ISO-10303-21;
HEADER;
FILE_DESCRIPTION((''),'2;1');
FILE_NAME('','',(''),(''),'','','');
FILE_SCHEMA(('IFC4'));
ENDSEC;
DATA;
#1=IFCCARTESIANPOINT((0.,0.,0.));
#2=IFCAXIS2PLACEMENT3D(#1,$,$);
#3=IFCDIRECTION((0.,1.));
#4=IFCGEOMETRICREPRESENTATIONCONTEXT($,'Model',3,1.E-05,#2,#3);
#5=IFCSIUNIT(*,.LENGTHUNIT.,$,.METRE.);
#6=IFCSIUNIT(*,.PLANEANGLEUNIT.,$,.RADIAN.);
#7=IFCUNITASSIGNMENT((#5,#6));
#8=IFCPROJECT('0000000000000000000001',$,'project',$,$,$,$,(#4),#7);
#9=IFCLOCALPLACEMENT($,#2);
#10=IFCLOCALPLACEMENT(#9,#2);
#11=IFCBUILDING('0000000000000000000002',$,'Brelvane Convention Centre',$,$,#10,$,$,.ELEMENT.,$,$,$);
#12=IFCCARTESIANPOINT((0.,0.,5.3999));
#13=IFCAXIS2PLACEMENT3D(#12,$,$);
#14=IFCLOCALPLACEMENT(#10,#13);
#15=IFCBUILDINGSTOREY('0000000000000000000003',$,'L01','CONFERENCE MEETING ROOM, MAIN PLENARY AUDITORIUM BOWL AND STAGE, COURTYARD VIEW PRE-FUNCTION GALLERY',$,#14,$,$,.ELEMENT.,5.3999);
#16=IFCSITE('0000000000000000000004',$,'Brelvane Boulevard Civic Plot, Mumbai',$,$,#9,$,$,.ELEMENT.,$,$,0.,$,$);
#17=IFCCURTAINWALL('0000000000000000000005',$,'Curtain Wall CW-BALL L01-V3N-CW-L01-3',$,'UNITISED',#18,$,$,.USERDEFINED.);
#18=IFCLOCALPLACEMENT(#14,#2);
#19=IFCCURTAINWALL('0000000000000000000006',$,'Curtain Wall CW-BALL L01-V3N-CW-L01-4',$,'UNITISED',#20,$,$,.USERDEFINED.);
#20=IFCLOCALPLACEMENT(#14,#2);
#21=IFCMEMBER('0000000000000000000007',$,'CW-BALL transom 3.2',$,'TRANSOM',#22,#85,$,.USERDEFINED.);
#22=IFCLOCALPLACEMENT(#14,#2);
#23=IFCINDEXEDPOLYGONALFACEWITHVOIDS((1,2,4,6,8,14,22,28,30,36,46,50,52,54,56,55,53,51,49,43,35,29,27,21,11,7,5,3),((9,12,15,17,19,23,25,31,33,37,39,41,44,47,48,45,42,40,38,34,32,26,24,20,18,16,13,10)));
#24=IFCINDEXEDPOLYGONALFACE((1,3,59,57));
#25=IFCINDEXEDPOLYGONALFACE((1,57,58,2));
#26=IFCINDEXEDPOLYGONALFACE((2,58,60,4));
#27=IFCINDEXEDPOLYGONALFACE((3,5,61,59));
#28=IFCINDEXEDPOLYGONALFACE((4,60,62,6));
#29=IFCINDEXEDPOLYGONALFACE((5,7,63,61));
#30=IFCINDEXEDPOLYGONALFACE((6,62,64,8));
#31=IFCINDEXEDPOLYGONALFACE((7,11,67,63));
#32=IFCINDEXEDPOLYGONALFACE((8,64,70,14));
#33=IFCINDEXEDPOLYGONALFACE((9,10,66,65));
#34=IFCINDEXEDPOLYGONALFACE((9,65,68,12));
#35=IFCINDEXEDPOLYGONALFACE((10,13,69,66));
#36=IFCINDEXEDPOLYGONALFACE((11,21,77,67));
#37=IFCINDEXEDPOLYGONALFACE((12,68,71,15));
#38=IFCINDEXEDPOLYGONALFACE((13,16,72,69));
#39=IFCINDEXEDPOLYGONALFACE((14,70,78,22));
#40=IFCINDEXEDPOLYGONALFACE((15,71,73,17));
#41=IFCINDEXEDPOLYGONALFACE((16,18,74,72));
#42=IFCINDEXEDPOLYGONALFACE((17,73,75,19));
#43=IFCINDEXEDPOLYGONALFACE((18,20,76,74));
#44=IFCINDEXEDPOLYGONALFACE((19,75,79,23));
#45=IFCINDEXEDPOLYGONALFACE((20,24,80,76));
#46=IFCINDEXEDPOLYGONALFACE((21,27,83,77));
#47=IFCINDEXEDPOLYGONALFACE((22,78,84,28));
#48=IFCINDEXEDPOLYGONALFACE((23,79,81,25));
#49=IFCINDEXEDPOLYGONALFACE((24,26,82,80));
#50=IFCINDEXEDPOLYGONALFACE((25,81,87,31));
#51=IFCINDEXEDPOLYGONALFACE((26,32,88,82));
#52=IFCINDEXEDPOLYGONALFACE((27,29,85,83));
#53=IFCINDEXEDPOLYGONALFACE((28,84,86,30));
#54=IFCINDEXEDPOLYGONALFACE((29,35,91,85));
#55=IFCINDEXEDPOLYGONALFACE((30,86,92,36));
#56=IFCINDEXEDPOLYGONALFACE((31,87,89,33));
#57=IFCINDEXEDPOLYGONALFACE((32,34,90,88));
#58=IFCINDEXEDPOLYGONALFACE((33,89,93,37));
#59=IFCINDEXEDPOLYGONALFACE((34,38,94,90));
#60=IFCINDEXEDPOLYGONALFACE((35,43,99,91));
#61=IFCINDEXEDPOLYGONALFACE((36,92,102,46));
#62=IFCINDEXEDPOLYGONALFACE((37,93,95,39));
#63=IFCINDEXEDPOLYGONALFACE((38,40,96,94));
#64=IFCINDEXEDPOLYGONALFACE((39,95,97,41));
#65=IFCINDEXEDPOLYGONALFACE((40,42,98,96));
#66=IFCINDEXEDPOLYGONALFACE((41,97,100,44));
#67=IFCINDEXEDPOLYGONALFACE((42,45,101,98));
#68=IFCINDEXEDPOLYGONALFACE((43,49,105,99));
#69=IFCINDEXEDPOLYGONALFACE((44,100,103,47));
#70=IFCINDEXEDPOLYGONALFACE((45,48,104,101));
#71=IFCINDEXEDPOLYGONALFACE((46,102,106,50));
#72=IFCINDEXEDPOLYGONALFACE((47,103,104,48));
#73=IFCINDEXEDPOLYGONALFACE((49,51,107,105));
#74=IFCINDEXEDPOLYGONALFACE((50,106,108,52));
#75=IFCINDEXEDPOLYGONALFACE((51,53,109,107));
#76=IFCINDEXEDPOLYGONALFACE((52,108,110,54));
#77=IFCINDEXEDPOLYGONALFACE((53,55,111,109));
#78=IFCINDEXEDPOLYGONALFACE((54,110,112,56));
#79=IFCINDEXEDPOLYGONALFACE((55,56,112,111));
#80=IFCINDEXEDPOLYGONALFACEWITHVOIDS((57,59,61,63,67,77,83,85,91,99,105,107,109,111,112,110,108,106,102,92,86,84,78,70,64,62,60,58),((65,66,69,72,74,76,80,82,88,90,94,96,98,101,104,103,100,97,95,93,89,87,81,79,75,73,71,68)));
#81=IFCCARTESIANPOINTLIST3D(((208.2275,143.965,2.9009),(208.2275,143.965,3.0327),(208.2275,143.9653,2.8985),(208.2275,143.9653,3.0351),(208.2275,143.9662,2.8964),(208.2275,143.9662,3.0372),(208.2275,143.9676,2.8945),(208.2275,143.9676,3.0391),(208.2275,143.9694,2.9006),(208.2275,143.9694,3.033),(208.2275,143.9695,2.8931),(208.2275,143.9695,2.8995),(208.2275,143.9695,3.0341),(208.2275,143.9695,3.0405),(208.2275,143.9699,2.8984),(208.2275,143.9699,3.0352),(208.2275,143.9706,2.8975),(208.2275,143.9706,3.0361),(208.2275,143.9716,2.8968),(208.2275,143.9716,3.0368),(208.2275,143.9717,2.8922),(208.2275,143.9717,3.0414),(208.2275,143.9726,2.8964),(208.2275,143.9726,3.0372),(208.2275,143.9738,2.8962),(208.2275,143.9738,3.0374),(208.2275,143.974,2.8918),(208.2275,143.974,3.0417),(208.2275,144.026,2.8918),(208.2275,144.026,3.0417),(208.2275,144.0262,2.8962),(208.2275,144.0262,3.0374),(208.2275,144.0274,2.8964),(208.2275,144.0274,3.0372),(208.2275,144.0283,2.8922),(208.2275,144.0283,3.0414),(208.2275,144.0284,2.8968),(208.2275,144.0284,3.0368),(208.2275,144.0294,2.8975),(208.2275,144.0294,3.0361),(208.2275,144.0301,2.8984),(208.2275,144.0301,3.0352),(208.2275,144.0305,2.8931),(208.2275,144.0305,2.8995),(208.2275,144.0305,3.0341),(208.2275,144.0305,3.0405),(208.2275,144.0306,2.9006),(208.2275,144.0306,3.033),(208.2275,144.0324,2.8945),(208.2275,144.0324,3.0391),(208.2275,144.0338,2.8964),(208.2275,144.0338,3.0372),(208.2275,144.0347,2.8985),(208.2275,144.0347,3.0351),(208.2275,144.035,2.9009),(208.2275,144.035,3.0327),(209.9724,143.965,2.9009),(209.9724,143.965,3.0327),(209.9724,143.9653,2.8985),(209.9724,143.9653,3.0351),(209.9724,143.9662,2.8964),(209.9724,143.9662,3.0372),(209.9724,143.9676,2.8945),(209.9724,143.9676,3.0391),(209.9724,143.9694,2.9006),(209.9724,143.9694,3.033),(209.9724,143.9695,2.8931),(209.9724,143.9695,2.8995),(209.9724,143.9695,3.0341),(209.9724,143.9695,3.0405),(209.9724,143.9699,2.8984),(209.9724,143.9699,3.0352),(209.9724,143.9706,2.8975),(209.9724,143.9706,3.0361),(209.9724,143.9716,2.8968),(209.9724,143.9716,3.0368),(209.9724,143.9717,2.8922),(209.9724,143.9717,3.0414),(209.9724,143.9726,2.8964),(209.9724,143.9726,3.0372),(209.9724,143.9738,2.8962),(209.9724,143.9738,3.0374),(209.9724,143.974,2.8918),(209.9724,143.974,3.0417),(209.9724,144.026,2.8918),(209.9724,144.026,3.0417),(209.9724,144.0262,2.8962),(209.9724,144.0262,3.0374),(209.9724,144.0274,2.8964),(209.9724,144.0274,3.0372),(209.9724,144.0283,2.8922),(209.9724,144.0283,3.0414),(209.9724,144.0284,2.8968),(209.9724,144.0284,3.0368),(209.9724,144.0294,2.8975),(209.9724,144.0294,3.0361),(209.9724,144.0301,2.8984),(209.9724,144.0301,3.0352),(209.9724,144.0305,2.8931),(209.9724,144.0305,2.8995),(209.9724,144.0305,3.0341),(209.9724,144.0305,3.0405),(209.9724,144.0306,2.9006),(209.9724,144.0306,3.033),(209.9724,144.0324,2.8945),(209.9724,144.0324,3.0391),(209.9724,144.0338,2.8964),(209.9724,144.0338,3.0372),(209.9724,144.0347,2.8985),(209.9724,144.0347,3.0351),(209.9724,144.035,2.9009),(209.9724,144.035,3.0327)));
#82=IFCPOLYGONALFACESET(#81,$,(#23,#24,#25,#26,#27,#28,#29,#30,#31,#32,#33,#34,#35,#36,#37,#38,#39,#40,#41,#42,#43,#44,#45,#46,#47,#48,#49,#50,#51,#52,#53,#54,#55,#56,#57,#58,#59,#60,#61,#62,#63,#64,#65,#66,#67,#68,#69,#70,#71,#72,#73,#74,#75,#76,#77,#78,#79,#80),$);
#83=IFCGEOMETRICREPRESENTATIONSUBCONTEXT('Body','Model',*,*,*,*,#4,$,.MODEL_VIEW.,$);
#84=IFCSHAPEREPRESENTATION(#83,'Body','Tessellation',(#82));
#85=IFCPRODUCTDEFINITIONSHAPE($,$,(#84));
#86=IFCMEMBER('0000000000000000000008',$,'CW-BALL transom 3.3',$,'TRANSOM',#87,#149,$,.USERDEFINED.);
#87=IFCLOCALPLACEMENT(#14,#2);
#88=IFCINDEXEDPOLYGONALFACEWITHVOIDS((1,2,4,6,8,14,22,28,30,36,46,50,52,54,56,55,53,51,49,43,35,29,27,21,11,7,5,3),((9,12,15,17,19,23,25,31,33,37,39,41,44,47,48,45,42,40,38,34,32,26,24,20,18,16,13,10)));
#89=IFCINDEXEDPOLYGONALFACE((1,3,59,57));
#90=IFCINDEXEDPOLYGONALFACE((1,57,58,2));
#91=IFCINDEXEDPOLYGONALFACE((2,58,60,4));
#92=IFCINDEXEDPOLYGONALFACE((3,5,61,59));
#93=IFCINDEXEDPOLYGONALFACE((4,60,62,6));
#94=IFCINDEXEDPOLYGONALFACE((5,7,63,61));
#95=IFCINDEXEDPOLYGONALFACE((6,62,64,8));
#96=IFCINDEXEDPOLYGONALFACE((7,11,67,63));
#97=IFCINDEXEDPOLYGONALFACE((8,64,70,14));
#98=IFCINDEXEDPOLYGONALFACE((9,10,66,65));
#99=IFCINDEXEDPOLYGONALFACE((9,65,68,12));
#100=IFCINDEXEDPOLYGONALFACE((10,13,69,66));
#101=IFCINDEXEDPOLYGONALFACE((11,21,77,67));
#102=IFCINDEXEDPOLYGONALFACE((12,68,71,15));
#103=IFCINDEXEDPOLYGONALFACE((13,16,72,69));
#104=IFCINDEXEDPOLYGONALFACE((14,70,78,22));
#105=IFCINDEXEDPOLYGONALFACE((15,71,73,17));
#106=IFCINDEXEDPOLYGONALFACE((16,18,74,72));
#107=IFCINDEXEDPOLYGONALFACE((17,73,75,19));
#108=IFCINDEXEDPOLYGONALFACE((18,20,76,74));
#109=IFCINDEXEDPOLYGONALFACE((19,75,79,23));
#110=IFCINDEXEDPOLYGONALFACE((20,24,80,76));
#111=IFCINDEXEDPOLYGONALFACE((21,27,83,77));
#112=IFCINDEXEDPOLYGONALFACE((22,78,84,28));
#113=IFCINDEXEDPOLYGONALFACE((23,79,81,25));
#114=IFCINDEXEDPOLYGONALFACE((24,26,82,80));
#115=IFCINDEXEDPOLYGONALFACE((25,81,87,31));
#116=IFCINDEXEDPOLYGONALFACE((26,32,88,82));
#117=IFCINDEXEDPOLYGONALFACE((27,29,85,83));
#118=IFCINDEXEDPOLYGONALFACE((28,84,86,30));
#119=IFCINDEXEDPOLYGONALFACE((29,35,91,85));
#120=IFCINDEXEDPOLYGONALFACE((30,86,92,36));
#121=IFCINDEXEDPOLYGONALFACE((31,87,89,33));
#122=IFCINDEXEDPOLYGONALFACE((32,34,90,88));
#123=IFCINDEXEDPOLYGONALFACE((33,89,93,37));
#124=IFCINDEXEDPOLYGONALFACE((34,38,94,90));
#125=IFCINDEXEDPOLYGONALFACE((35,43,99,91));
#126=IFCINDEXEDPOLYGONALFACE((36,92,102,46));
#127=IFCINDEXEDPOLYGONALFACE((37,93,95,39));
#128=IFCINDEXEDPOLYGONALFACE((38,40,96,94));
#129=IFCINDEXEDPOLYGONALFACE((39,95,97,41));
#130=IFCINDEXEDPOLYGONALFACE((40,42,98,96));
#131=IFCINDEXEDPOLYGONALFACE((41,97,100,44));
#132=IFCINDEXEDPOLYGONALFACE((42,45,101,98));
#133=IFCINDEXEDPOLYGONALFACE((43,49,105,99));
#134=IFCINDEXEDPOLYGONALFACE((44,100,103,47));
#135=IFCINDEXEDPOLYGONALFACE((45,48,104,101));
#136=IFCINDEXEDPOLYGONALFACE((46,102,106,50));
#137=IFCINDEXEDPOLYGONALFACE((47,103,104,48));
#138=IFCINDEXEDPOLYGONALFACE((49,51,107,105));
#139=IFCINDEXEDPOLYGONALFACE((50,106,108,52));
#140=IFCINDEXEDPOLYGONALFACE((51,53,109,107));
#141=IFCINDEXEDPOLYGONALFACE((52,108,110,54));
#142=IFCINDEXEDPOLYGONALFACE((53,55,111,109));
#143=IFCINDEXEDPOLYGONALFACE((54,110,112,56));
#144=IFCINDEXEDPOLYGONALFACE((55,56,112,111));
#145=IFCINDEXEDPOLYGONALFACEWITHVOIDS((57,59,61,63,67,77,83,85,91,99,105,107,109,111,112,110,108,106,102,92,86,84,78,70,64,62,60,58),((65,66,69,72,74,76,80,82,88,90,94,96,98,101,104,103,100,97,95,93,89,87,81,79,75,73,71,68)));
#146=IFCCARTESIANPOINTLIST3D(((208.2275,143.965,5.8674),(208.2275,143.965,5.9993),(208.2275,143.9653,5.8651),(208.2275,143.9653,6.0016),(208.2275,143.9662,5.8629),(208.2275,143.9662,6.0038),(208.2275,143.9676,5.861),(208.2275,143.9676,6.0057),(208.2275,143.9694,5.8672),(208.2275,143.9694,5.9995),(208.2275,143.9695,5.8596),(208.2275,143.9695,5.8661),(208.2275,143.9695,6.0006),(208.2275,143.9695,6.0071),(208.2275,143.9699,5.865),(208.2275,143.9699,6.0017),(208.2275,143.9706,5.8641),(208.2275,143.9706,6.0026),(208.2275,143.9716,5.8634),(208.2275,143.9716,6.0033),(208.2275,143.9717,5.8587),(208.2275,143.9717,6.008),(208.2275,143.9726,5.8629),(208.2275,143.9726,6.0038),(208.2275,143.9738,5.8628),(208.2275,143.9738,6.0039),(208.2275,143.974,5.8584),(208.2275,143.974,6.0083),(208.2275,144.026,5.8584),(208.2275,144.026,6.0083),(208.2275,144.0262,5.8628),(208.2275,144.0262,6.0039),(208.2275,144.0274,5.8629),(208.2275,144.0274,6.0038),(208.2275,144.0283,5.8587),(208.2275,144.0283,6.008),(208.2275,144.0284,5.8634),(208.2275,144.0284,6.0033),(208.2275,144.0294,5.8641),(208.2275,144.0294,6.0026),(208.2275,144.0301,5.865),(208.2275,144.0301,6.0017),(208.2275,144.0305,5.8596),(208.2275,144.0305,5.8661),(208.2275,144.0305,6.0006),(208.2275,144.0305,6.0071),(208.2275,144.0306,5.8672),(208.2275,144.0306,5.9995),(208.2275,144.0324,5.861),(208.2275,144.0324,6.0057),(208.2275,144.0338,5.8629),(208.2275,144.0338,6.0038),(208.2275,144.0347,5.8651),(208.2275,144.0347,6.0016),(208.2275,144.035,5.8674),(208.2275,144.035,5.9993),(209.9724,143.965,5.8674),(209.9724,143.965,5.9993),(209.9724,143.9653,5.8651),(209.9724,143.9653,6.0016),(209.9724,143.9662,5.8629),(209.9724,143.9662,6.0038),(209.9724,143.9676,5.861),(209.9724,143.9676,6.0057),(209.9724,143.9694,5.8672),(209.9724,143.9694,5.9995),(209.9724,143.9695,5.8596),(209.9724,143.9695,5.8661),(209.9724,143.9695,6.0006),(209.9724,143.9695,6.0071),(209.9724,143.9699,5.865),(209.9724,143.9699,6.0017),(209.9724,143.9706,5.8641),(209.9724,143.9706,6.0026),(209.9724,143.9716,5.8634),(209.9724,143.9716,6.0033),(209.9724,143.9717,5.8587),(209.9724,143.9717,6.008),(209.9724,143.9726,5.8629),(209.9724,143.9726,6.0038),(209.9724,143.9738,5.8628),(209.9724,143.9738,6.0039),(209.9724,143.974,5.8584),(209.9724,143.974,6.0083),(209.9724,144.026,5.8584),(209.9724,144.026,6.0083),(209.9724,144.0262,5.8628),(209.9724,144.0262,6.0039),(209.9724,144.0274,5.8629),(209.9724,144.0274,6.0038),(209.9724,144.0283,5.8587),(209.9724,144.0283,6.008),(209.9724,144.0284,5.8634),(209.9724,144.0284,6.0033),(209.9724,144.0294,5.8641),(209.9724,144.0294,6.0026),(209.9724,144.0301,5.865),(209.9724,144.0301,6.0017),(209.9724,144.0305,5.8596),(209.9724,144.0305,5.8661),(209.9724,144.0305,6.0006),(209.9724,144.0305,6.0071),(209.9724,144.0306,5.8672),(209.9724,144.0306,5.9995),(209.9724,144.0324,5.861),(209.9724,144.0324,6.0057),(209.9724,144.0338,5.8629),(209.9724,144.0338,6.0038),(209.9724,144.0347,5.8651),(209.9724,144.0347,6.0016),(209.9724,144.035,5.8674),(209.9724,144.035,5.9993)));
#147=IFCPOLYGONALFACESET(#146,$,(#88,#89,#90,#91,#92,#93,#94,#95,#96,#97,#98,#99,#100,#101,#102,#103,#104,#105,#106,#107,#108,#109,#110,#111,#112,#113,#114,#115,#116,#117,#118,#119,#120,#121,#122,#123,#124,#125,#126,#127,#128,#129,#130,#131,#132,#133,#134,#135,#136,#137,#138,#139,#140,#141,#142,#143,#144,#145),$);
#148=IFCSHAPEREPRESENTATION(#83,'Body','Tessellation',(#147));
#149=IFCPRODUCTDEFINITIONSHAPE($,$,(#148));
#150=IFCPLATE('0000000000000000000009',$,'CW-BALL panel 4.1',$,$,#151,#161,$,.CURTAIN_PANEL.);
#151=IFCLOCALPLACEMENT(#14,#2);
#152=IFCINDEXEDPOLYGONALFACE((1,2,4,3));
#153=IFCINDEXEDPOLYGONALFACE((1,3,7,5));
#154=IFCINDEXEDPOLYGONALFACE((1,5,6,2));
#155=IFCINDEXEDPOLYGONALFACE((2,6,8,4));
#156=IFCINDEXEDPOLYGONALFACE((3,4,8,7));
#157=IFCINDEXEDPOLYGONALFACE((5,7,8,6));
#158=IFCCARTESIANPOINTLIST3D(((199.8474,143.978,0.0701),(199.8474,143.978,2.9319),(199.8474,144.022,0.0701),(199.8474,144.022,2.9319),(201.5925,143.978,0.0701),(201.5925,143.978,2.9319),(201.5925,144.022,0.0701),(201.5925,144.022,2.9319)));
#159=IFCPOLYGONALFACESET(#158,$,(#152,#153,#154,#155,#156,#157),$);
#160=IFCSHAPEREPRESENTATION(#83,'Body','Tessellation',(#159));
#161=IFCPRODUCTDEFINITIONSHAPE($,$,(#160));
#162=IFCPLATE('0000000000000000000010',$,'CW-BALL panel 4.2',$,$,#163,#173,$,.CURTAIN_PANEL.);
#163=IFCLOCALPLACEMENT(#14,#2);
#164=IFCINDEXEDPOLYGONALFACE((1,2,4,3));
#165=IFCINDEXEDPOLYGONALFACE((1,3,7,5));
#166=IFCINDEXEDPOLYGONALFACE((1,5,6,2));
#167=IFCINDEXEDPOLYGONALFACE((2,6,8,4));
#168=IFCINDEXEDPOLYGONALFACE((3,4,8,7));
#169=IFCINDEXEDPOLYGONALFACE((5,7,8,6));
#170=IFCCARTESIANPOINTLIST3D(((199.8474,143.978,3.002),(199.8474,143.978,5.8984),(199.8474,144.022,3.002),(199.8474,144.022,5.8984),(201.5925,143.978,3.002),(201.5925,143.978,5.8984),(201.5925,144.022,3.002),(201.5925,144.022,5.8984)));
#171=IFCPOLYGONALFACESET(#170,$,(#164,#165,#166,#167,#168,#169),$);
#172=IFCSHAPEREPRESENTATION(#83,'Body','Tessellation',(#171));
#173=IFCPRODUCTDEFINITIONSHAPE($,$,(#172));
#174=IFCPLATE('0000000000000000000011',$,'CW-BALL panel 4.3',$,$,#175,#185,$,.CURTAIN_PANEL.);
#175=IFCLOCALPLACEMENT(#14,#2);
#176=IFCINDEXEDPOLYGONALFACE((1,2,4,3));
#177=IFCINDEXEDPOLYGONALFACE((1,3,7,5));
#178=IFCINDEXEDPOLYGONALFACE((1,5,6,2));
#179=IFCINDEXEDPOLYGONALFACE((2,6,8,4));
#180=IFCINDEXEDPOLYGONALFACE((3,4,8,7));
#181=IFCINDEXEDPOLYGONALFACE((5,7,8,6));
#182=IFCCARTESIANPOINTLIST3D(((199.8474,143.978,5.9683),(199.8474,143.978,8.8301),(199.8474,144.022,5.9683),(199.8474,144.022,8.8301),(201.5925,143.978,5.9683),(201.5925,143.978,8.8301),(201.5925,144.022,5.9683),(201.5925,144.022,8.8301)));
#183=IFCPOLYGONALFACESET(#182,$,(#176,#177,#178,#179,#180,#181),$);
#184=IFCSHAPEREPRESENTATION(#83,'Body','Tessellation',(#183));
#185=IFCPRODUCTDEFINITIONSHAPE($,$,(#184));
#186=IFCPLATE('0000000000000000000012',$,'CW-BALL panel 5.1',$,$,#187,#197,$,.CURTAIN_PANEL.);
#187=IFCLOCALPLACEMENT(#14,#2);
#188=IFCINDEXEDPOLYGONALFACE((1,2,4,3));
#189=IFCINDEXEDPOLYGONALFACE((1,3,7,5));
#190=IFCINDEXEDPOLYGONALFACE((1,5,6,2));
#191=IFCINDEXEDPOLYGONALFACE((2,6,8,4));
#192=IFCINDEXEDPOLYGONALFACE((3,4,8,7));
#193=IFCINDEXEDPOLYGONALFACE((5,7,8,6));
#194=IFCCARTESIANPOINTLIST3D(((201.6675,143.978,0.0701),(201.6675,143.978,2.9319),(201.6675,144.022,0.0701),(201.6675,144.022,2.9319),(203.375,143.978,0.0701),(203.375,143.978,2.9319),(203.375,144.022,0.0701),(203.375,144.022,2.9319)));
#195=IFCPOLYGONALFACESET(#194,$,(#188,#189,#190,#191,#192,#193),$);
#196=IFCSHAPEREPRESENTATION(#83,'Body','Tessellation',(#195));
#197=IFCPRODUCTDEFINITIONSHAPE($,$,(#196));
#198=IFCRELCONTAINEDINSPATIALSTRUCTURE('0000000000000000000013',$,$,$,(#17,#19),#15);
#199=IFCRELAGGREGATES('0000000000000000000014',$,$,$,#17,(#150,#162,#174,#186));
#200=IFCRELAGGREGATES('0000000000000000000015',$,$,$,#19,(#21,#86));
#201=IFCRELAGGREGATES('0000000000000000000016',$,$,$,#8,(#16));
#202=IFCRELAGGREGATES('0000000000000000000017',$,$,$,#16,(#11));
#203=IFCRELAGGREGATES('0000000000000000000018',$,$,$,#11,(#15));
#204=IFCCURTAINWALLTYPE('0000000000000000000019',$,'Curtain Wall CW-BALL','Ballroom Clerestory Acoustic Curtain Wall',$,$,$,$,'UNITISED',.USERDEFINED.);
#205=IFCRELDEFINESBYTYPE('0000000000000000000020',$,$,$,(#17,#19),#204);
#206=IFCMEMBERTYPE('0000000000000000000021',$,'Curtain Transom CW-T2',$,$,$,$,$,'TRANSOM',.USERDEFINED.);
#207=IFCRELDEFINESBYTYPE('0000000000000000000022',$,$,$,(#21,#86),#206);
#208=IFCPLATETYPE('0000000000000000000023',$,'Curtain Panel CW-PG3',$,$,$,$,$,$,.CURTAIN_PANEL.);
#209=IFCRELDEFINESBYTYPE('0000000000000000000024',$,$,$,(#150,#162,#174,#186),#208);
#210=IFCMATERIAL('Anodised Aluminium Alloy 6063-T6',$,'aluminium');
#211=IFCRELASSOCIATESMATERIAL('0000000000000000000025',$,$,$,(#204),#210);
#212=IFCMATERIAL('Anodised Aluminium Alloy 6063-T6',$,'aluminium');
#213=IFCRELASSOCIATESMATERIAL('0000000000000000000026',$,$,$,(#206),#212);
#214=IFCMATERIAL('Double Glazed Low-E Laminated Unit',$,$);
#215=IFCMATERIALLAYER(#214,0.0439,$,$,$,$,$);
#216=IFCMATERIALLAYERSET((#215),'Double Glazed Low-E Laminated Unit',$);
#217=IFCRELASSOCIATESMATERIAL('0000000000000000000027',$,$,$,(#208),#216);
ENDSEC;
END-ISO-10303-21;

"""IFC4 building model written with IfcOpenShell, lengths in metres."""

from ifc_helpers import new_model, si_unit, direction, frame, origin, origin_2d, place, context, subcontext, project, spatial, rectangle, hollow_rectangle, extrude, material, layer, layer_set, material_profile, profile_set, type_object, element, aggregate, save


model = new_model("IFC4")

# Units and contexts
model_context = context("Model", 3, precision=1e-05, world=origin(), true_north=direction((0.0, 1.0)))
body_context = subcontext(model_context, "Body", "Model", "MODEL_VIEW")
ifc_project = project(units=[si_unit("LENGTHUNIT", "METRE"), si_unit("PLANEANGLEUNIT", "RADIAN")], contexts=[model_context])

# Site, building, storey
site_placement = place(None, origin())
site = spatial("IfcSite", under=ifc_project, at=site_placement, Name="Brelvane Boulevard Civic Plot, Mumbai", CompositionType="ELEMENT", RefElevation=0.0)
building_placement = place(site_placement, origin())
building = spatial("IfcBuilding", under=site, at=building_placement, Name="Brelvane Convention Centre", CompositionType="ELEMENT")
storey_placement = place(building_placement, frame((0.0, 0.0, 5.3999)))
storey = spatial("IfcBuildingStorey", under=building, at=storey_placement, Name="L01", Description="CONFERENCE MEETING ROOM, MAIN PLENARY AUDITORIUM BOWL AND STAGE, COURTYARD VIEW PRE-FUNCTION GALLERY", CompositionType="ELEMENT", Elevation=5.3999)

# Curtain walls
ifc_material_1 = material(Name="Anodised Aluminium Alloy 6063-T6", Category="aluminium")
curtain_wall_type = type_object("IfcCurtainWallType", Name="Curtain Wall CW-BALL", Description="Ballroom Clerestory Acoustic Curtain Wall", ElementType="UNITISED", PredefinedType="USERDEFINED", material=ifc_material_1)
curtain_wall_1_placement = place(storey_placement, origin())
curtain_wall_1 = element("IfcCurtainWall", 1, at=curtain_wall_1_placement, inside=storey, type_object=curtain_wall_type, Name="Curtain Wall CW-BALL L01-V3N-CW-L01-3", ObjectType="UNITISED", PredefinedType="USERDEFINED")
curtain_wall_2_placement = place(storey_placement, origin())
curtain_wall_2 = element("IfcCurtainWall", 2, at=curtain_wall_2_placement, inside=storey, type_object=curtain_wall_type, Name="Curtain Wall CW-BALL L01-V3N-CW-L01-4", ObjectType="UNITISED", PredefinedType="USERDEFINED")

# Members
ifc_material_2 = material(Name="Anodised Aluminium Alloy 6063-T6", Category="aluminium")
ifc_material_profile_1 = material_profile(ifc_material_2, hollow_rectangle(XDim=0.0701, YDim=0.1499, WallThickness=0.0044, InnerFilletRadius=0.0044, OuterFilletRadius=0.009, at=origin_2d()), Name="ALU-T 150x70x4.5")
ifc_profile_set_1 = profile_set([ifc_material_profile_1], Name="Anodised Aluminium Alloy 6063-T6")
member_type_1 = type_object("IfcMemberType", Name="Curtain Transom CW-T2", ElementType="TRANSOM", PredefinedType="USERDEFINED", material=ifc_profile_set_1)
member_1_placement = place(storey_placement, frame((208.2275, 144.0, 2.9668), z_axis=(1.0, 0.0, 0.0), x_axis=(0.0, 1.0, 0.0)))
member_1 = element("IfcMember", 3, at=member_1_placement, type_object=member_type_1, Name="CW-BALL transom 3.2", ObjectType="TRANSOM", PredefinedType="USERDEFINED", context=body_context, shape_type="SweptSolid", body=[
    extrude(hollow_rectangle(XDim=0.0701, YDim=0.1499, WallThickness=0.0044, InnerFilletRadius=0.0044, OuterFilletRadius=0.009, at=origin_2d()), origin(), (0.0, 0.0, 1.0), 1.7449),
])
member_2_placement = place(storey_placement, frame((208.2275, 144.0, 5.9333), z_axis=(1.0, 0.0, 0.0), x_axis=(0.0, 1.0, 0.0)))
member_2 = element("IfcMember", 4, at=member_2_placement, type_object=member_type_1, Name="CW-BALL transom 3.3", ObjectType="TRANSOM", PredefinedType="USERDEFINED", context=body_context, shape_type="SweptSolid", body=[
    extrude(hollow_rectangle(XDim=0.0701, YDim=0.1499, WallThickness=0.0044, InnerFilletRadius=0.0044, OuterFilletRadius=0.009, at=origin_2d()), origin(), (0.0, 0.0, 1.0), 1.7449),
])

# Plates
ifc_material_3 = material(Name="Double Glazed Low-E Laminated Unit")
ifc_layer = layer(ifc_material_3, 0.0439)
ifc_layer_set = layer_set([ifc_layer], Name="Double Glazed Low-E Laminated Unit")
plate_type = type_object("IfcPlateType", Name="Curtain Panel CW-PG3", PredefinedType="CURTAIN_PANEL", material=ifc_layer_set)
plate_1_placement = place(storey_placement, frame((200.72, 144.0, 0.0701), z_axis=(0.0, 0.0, 1.0), x_axis=(1.0, 0.0, 0.0)))
plate_1 = element("IfcPlate", 5, at=plate_1_placement, type_object=plate_type, Name="CW-BALL panel 4.1", PredefinedType="CURTAIN_PANEL", context=body_context, shape_type="SweptSolid", body=[
    extrude(rectangle(XDim=1.7451, YDim=0.0439, at=origin_2d()), origin(), (0.0, 0.0, 1.0), 2.8618),
])
plate_2_placement = place(storey_placement, frame((200.72, 144.0, 3.002), z_axis=(0.0, 0.0, 1.0), x_axis=(1.0, 0.0, 0.0)))
plate_2 = element("IfcPlate", 6, at=plate_2_placement, type_object=plate_type, Name="CW-BALL panel 4.2", PredefinedType="CURTAIN_PANEL", context=body_context, shape_type="SweptSolid", body=[
    extrude(rectangle(XDim=1.7451, YDim=0.0439, at=origin_2d()), origin(), (0.0, 0.0, 1.0), 2.8965),
])
plate_3_placement = place(storey_placement, frame((200.72, 144.0, 5.9683), z_axis=(0.0, 0.0, 1.0), x_axis=(1.0, 0.0, 0.0)))
plate_3 = element("IfcPlate", 7, at=plate_3_placement, type_object=plate_type, Name="CW-BALL panel 4.3", PredefinedType="CURTAIN_PANEL", context=body_context, shape_type="SweptSolid", body=[
    extrude(rectangle(XDim=1.7451, YDim=0.0439, at=origin_2d()), origin(), (0.0, 0.0, 1.0), 2.8618),
])
plate_4_placement = place(storey_placement, frame((202.5212, 144.0, 0.0701), z_axis=(0.0, 0.0, 1.0), x_axis=(1.0, 0.0, 0.0)))
plate_4 = element("IfcPlate", 8, at=plate_4_placement, type_object=plate_type, Name="CW-BALL panel 5.1", PredefinedType="CURTAIN_PANEL", context=body_context, shape_type="SweptSolid", body=[
    extrude(rectangle(XDim=1.7075, YDim=0.0439, at=origin_2d()), origin(), (0.0, 0.0, 1.0), 2.8618),
])
aggregate(curtain_wall_1, [plate_1, plate_2, plate_3, plate_4])
aggregate(curtain_wall_2, [member_1, member_2])

save(model, "model.ifc")
